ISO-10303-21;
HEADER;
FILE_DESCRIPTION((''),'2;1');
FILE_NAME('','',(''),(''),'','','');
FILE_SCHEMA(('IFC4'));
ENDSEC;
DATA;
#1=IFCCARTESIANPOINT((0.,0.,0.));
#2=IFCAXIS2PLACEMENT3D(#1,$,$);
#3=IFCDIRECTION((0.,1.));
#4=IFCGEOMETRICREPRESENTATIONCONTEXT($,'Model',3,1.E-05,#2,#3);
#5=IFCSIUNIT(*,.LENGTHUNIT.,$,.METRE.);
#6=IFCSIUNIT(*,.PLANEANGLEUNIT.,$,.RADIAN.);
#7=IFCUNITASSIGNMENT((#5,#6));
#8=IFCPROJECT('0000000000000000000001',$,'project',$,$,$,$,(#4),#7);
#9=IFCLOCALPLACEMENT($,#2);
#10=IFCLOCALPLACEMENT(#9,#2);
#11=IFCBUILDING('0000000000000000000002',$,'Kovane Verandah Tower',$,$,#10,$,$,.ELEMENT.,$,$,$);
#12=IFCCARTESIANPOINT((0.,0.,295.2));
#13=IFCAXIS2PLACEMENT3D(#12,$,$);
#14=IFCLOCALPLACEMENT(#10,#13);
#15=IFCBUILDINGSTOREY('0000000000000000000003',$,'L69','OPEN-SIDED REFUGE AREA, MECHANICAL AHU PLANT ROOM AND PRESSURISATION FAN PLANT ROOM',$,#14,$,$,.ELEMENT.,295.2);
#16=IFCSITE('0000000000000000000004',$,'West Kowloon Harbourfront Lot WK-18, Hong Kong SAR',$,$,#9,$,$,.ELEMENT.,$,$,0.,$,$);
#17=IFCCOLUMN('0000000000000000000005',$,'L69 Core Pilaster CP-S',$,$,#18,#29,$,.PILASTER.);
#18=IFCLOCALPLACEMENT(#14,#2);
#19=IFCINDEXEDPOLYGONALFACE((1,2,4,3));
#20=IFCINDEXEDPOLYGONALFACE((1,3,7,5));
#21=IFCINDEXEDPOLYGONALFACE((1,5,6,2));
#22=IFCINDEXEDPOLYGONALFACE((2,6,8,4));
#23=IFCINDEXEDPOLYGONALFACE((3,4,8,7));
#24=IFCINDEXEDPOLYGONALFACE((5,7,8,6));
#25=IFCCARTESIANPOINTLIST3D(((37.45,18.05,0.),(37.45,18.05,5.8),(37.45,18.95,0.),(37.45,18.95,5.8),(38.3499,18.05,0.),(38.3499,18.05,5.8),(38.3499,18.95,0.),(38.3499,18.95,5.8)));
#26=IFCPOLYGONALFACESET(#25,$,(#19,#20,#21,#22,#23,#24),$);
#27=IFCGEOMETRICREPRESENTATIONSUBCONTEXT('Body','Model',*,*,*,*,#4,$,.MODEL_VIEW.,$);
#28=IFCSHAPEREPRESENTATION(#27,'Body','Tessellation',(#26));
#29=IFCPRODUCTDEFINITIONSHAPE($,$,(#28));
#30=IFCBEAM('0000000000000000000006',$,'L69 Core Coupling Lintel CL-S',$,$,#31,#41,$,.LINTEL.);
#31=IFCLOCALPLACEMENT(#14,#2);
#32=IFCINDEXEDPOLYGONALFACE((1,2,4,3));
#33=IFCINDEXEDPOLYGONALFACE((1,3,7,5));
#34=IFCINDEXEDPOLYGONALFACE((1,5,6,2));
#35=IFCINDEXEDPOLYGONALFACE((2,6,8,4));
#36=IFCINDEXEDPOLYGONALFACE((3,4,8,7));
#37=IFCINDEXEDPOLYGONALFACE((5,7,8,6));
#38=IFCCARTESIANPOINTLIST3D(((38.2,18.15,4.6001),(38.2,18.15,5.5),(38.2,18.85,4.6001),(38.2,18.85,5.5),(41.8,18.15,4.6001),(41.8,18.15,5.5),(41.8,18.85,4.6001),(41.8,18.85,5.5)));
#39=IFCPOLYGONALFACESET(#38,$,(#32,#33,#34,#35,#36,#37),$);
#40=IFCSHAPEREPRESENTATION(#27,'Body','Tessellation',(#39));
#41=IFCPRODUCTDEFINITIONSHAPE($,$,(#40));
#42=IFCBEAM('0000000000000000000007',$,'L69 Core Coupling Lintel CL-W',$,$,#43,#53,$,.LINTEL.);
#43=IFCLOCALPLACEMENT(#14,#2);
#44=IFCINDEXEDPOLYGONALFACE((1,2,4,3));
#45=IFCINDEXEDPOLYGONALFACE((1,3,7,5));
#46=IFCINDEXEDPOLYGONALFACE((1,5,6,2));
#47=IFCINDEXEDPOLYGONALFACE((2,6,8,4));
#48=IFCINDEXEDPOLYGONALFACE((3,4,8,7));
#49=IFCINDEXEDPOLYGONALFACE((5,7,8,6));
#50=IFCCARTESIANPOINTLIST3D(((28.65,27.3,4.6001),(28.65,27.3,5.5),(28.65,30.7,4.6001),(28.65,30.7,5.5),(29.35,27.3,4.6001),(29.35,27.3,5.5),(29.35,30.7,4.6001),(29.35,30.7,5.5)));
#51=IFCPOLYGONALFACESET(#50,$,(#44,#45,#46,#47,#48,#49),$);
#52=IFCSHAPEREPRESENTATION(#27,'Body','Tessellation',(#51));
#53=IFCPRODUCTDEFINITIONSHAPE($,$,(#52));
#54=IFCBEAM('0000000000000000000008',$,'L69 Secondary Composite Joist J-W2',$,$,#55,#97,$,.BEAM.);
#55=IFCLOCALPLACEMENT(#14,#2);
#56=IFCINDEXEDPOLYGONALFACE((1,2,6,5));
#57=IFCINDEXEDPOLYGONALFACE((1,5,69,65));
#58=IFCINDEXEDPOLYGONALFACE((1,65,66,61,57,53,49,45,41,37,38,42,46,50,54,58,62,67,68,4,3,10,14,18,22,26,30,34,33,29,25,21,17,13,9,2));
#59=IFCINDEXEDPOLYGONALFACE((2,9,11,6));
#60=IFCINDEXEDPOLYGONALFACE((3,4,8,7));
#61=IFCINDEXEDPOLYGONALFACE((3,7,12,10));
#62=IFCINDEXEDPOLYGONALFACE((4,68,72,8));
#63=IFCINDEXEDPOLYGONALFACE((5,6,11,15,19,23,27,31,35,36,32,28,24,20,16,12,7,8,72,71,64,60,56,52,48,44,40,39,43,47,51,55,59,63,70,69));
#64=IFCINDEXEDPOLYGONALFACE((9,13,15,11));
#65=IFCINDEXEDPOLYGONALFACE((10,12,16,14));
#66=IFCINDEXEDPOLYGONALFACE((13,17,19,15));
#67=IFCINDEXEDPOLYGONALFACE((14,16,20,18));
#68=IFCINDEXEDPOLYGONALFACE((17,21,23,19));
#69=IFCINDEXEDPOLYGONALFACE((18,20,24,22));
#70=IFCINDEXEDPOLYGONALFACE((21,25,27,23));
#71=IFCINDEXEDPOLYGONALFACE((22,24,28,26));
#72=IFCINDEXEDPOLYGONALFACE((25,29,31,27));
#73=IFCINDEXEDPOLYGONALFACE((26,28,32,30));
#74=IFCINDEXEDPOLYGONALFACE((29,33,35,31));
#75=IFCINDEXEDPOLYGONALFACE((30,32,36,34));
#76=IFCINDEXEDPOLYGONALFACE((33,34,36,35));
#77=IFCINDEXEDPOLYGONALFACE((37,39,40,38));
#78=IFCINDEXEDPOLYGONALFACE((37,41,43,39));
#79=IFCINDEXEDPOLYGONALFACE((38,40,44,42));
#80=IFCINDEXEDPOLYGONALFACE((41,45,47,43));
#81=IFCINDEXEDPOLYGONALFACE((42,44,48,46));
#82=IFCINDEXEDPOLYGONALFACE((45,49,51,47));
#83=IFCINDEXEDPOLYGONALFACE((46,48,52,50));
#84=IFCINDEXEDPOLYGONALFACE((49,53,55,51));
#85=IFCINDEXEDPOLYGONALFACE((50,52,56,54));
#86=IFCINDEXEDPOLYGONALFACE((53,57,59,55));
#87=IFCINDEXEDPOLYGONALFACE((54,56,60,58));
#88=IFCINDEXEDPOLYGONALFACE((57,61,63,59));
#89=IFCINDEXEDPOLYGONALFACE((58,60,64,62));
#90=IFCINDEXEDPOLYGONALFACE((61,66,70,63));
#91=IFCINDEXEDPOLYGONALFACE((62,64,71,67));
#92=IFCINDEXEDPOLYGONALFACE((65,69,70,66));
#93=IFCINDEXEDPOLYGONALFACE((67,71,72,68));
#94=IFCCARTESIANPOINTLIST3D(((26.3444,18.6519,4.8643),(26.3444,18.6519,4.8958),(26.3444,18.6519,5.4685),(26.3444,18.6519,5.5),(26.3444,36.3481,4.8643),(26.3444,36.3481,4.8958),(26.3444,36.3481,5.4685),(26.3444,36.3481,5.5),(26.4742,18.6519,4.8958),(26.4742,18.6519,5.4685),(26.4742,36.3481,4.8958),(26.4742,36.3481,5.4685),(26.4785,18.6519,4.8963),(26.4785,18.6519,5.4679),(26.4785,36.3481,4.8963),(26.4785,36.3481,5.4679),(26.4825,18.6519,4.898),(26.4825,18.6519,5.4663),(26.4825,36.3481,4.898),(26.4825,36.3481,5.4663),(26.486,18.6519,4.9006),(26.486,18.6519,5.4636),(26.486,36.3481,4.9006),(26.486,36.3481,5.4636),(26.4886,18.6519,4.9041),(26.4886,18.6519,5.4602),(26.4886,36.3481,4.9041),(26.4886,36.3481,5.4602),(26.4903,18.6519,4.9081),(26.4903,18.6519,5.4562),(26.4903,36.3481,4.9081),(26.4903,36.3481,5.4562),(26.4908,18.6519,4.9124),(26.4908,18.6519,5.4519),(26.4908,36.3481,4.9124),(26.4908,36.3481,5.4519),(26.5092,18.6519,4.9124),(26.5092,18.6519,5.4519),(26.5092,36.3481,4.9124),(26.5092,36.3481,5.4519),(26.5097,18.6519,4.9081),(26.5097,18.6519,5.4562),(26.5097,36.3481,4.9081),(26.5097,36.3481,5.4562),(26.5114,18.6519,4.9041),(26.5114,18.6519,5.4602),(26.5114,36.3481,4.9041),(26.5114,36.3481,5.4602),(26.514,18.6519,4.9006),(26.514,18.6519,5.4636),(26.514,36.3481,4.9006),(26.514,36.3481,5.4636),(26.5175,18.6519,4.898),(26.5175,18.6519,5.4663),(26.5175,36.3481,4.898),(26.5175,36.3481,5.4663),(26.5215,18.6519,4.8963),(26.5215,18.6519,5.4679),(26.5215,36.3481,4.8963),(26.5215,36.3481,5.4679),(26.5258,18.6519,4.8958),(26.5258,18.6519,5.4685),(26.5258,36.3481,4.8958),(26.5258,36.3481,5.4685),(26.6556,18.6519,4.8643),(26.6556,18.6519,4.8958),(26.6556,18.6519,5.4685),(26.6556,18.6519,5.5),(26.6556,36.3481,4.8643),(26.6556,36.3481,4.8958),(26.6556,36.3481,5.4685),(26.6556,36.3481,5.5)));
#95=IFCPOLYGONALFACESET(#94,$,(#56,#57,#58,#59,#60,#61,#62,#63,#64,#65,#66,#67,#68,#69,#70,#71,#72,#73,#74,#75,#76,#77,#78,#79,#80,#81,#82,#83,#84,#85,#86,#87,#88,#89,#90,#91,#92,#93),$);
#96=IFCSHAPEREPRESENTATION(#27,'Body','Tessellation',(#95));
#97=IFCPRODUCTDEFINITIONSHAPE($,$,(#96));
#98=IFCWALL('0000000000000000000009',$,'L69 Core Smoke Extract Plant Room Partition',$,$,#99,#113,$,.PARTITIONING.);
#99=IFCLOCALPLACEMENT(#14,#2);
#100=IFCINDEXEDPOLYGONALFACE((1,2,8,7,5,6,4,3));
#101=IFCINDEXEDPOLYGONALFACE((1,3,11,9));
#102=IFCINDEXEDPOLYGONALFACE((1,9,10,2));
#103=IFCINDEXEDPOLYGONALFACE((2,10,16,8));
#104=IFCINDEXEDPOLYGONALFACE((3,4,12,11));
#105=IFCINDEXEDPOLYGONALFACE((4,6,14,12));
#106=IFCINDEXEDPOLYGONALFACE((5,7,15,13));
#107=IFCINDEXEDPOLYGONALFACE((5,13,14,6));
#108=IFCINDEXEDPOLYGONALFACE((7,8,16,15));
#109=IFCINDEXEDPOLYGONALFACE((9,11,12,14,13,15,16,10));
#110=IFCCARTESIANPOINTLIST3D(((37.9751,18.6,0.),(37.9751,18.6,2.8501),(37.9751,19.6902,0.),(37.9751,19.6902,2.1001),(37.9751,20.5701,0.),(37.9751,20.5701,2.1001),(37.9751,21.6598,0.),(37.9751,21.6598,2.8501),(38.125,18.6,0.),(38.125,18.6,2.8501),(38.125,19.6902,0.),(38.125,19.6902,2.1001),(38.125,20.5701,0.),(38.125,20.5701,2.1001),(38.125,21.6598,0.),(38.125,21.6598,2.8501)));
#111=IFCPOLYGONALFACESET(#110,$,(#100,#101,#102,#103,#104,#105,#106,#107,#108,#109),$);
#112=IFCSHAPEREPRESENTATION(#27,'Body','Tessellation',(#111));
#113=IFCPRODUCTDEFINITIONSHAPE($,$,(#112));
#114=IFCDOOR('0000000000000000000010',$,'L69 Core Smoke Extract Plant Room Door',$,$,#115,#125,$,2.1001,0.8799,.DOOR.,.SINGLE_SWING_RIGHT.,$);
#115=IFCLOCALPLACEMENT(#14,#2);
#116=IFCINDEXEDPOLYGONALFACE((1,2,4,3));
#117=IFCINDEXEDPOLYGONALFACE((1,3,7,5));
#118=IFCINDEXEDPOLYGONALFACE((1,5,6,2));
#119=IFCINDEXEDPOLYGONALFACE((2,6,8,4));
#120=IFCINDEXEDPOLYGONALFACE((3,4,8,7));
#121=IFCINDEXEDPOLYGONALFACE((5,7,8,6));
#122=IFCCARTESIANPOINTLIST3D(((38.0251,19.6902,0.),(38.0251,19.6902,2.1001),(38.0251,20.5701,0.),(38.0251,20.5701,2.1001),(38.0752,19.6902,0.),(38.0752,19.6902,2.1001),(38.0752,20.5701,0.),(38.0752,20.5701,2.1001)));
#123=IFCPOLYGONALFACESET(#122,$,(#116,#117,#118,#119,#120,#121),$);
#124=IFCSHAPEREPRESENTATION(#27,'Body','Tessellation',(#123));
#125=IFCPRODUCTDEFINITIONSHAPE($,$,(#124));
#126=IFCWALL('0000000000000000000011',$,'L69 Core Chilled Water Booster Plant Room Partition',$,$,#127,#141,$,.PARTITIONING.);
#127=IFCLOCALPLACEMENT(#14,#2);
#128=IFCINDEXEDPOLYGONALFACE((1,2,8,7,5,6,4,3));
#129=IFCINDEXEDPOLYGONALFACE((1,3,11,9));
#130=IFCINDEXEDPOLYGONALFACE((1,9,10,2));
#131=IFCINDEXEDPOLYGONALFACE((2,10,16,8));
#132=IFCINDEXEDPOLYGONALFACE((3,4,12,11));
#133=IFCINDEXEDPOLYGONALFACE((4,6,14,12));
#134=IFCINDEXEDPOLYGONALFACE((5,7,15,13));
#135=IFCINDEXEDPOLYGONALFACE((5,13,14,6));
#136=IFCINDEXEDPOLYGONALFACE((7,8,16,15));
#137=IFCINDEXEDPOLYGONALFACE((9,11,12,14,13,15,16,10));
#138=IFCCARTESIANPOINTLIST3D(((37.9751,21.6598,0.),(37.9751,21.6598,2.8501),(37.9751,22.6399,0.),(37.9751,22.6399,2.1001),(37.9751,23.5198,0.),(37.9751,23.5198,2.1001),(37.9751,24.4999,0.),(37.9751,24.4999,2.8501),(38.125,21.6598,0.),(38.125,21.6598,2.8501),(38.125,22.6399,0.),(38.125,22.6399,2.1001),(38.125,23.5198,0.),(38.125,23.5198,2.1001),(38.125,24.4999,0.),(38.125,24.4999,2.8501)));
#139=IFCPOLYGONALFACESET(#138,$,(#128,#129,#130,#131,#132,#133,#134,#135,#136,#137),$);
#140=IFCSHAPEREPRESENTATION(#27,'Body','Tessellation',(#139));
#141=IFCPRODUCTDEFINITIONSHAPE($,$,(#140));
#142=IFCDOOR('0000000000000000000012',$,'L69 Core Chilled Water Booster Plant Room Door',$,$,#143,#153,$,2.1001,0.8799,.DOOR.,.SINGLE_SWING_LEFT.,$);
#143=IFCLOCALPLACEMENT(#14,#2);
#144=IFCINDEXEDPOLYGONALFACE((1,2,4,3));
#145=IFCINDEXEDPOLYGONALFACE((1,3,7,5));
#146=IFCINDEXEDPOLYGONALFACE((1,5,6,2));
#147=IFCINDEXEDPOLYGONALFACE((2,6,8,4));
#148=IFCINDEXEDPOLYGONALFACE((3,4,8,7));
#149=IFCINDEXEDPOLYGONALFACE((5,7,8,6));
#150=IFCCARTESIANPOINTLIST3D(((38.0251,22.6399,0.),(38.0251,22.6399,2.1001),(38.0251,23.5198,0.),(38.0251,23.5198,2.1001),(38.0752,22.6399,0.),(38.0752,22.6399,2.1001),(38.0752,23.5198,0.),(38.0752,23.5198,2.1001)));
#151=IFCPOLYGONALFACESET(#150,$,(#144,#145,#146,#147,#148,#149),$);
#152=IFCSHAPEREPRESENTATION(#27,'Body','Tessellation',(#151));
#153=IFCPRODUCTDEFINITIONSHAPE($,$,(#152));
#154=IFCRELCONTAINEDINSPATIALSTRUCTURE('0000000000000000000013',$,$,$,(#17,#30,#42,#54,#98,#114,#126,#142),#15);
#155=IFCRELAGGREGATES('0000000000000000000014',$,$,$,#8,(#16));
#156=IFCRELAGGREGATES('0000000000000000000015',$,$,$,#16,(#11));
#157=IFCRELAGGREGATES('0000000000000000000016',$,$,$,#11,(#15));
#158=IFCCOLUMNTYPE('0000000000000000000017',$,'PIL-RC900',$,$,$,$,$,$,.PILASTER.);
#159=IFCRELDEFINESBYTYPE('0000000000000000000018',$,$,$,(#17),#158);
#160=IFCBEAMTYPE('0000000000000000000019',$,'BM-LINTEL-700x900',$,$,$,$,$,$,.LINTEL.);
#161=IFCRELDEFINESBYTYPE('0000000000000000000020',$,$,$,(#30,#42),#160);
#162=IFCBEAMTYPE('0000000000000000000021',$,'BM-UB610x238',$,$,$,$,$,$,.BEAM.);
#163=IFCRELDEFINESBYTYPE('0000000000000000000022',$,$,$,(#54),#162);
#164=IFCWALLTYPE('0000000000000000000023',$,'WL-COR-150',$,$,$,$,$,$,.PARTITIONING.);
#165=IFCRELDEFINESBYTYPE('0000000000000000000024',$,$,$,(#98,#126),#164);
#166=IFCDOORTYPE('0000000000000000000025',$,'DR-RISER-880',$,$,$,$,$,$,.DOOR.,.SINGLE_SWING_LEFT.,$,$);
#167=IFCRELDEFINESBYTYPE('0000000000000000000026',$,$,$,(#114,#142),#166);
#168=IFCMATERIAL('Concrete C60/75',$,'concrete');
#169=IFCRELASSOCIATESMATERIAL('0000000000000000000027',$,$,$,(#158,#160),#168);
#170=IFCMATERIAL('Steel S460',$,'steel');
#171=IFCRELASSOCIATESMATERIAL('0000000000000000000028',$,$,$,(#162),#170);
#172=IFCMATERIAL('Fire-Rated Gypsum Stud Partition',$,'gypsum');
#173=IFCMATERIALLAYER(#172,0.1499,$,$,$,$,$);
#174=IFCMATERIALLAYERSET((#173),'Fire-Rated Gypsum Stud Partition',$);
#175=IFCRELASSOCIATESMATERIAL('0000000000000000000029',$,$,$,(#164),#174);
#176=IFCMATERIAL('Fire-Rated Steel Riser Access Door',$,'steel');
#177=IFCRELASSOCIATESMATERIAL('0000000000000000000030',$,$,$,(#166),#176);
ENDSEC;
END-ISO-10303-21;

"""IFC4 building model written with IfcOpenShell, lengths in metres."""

from ifc_helpers import new_model, si_unit, direction, frame, frame_2d, origin, origin_2d, place, context, subcontext, project, spatial, rectangle, i_section, extrude, material, layer, layer_set, material_profile, profile_set, type_object, element, fill, save


model = new_model("IFC4")

# Units and contexts
model_context = context("Model", 3, precision=1e-05, world=origin(), true_north=direction((0.0, 1.0)))
body_context = subcontext(model_context, "Body", "Model", "MODEL_VIEW")
ifc_project = project(units=[si_unit("LENGTHUNIT", "METRE"), si_unit("PLANEANGLEUNIT", "RADIAN")], contexts=[model_context])

# Site, building, storey
site_placement = place(None, origin())
site = spatial("IfcSite", under=ifc_project, at=site_placement, Name="West Kowloon Harbourfront Lot WK-18, Hong Kong SAR", CompositionType="ELEMENT", RefElevation=0.0)
building_placement = place(site_placement, origin())
building = spatial("IfcBuilding", under=site, at=building_placement, Name="Kovane Verandah Tower", CompositionType="ELEMENT")
storey_placement = place(building_placement, frame((0.0, 0.0, 295.2)))
storey = spatial("IfcBuildingStorey", under=building, at=storey_placement, Name="L69", Description="OPEN-SIDED REFUGE AREA, MECHANICAL AHU PLANT ROOM AND PRESSURISATION FAN PLANT ROOM", CompositionType="ELEMENT", Elevation=295.2)

# Column
ifc_material_1 = material(Name="Concrete C60/75", Category="concrete")
ifc_material_profile_1 = material_profile(ifc_material_1, rectangle(XDim=0.8999, YDim=0.8999, at=origin_2d()), Name="RC900x900")
ifc_profile_set_1 = profile_set([ifc_material_profile_1], Name="Concrete C60/75")
column_type = type_object("IfcColumnType", Name="PIL-RC900", PredefinedType="PILASTER", material=ifc_profile_set_1)
column_placement = place(storey_placement, frame((37.8999, 18.5, 0.0), z_axis=(0.0, 0.0, 1.0), x_axis=(1.0, 0.0, 0.0)))
element("IfcColumn", 1, at=column_placement, inside=storey, type_object=column_type, Name="L69 Core Pilaster CP-S", PredefinedType="PILASTER", context=body_context, shape_type="SweptSolid", body=[
    extrude(rectangle(XDim=0.8999, YDim=0.8999, at=origin_2d()), origin(), (0.0, 0.0, 1.0), 5.8),
])

# Beams
ifc_material_profile_2 = material_profile(ifc_material_1, rectangle(XDim=0.7, YDim=0.8999, at=origin_2d()), Name="RCB700x900")
ifc_profile_set_2 = profile_set([ifc_material_profile_2], Name="Concrete C60/75")
beam_type_1 = type_object("IfcBeamType", Name="BM-LINTEL-700x900", PredefinedType="LINTEL", material=ifc_profile_set_2)
beam_1_placement = place(storey_placement, frame((38.2, 18.5, 5.05), z_axis=(1.0, 0.0, 0.0), x_axis=(0.0, 1.0, 0.0)))
element("IfcBeam", 2, at=beam_1_placement, inside=storey, type_object=beam_type_1, Name="L69 Core Coupling Lintel CL-S", PredefinedType="LINTEL", context=body_context, shape_type="SweptSolid", body=[
    extrude(rectangle(XDim=0.7, YDim=0.8999, at=origin_2d()), origin(), (0.0, 0.0, 1.0), 3.6001),
])
beam_2_placement = place(storey_placement, frame((29.0, 27.3, 5.05), z_axis=(0.0, 1.0, 0.0), x_axis=(-1.0, 0.0, 0.0)))
element("IfcBeam", 3, at=beam_2_placement, inside=storey, type_object=beam_type_1, Name="L69 Core Coupling Lintel CL-W", PredefinedType="LINTEL", context=body_context, shape_type="SweptSolid", body=[
    extrude(rectangle(XDim=0.7, YDim=0.8999, at=origin_2d()), origin(), (0.0, 0.0, 1.0), 3.3999),
])
ifc_material_2 = material(Name="Steel S460", Category="steel")
ifc_material_profile_3 = material_profile(ifc_material_2, i_section(OverallWidth=0.3113, OverallDepth=0.6357, WebThickness=0.0183, FlangeThickness=0.0315, FilletRadius=0.0166, at=origin_2d()), Name="UB610x305x238")
ifc_profile_set_3 = profile_set([ifc_material_profile_3], Name="Steel S460")
beam_type_2 = type_object("IfcBeamType", Name="BM-UB610x238", PredefinedType="BEAM", material=ifc_profile_set_3)
beam_3_placement = place(storey_placement, frame((26.5, 18.6519, 5.1821), z_axis=(0.0, 1.0, 0.0), x_axis=(-1.0, 0.0, 0.0)))
element("IfcBeam", 4, at=beam_3_placement, inside=storey, type_object=beam_type_2, Name="L69 Secondary Composite Joist J-W2", PredefinedType="BEAM", context=body_context, shape_type="SweptSolid", body=[
    extrude(i_section(OverallWidth=0.3113, OverallDepth=0.6357, WebThickness=0.0183, FlangeThickness=0.0315, FilletRadius=0.0166, at=origin_2d()), origin(), (0.0, 0.0, 1.0), 17.6963),
])

# Walls, openings, doors
ifc_material_3 = material(Name="Fire-Rated Gypsum Stud Partition", Category="gypsum")
ifc_layer_1 = layer(ifc_material_3, 0.1499)
ifc_layer_set_1 = layer_set([ifc_layer_1], Name="Fire-Rated Gypsum Stud Partition")
wall_type_1 = type_object("IfcWallType", Name="WL-COR-150", PredefinedType="PARTITIONING", material=ifc_layer_set_1)
wall_1_placement = place(storey_placement, frame((38.05, 18.6001, 0.0), z_axis=(0.0, 0.0, 1.0), x_axis=(0.0, 1.0, 0.0)))
wall_1 = element("IfcWall", 5, at=wall_1_placement, inside=storey, type_object=wall_type_1, Name="L69 Core Smoke Extract Plant Room Partition", PredefinedType="PARTITIONING", context=body_context, shape_type="SweptSolid", body=[
    extrude(rectangle(XDim=3.0598, YDim=0.1499, at=frame_2d((1.5298, 0.0))), origin(), (0.0, 0.0, 1.0), 2.8501),
])
opening_1_placement = place(wall_1_placement, frame((1.0901, 0.0, 0.0)))
opening_1 = element("IfcOpeningElement", 6, at=opening_1_placement, cuts=wall_1, PredefinedType="OPENING", context=body_context, shape_type="SweptSolid", body=[
    extrude(rectangle(XDim=0.8799, YDim=2.1001, at=frame_2d((0.4399, 1.05))), frame((0.0, 0.075, 0.0), z_axis=(0.0, -1.0, 0.0), x_axis=(1.0, 0.0, 0.0)), (0.0, 0.0, 1.0), 0.1499),
])
ifc_material_4 = material(Name="Fire-Rated Steel Riser Access Door", Category="steel")
door_type_1 = type_object("IfcDoorType", Name="DR-RISER-880", OperationType="SINGLE_SWING_LEFT", PredefinedType="DOOR", material=ifc_material_4)
door_1_placement = place(opening_1_placement, origin())
door_1 = element("IfcDoor", 7, at=door_1_placement, inside=storey, type_object=door_type_1, Name="L69 Core Smoke Extract Plant Room Door", OperationType="SINGLE_SWING_RIGHT", OverallHeight=2.1001, OverallWidth=0.8799, PredefinedType="DOOR", context=body_context, shape_type="SweptSolid", body=[
    extrude(rectangle(XDim=0.8799, YDim=2.1001, at=frame_2d((0.4399, 1.05))), frame((0.0, 0.0249, 0.0), z_axis=(0.0, -1.0, 0.0), x_axis=(1.0, 0.0, 0.0)), (0.0, 0.0, 1.0), 0.05),
])
fill(opening_1, door_1)
wall_2_placement = place(storey_placement, frame((38.05, 21.6599, 0.0), z_axis=(0.0, 0.0, 1.0), x_axis=(0.0, 1.0, 0.0)))
wall_2 = element("IfcWall", 8, at=wall_2_placement, inside=storey, type_object=wall_type_1, Name="L69 Core Chilled Water Booster Plant Room Partition", PredefinedType="PARTITIONING", context=body_context, shape_type="SweptSolid", body=[
    extrude(rectangle(XDim=2.8401, YDim=0.1499, at=frame_2d((1.4199, 0.0))), origin(), (0.0, 0.0, 1.0), 2.8501),
])
opening_2_placement = place(wall_2_placement, frame((0.98, 0.0, 0.0)))
opening_2 = element("IfcOpeningElement", 9, at=opening_2_placement, cuts=wall_2, PredefinedType="OPENING", context=body_context, shape_type="SweptSolid", body=[
    extrude(rectangle(XDim=0.8799, YDim=2.1001, at=frame_2d((0.4399, 1.05))), frame((0.0, 0.075, 0.0), z_axis=(0.0, -1.0, 0.0), x_axis=(1.0, 0.0, 0.0)), (0.0, 0.0, 1.0), 0.1499),
])
door_2_placement = place(opening_2_placement, origin())
door_2 = element("IfcDoor", 10, at=door_2_placement, inside=storey, type_object=door_type_1, Name="L69 Core Chilled Water Booster Plant Room Door", OperationType="SINGLE_SWING_LEFT", OverallHeight=2.1001, OverallWidth=0.8799, PredefinedType="DOOR", context=body_context, shape_type="SweptSolid", body=[
    extrude(rectangle(XDim=0.8799, YDim=2.1001, at=frame_2d((0.4399, 1.05))), frame((0.0, 0.0249, 0.0), z_axis=(0.0, -1.0, 0.0), x_axis=(1.0, 0.0, 0.0)), (0.0, 0.0, 1.0), 0.05),
])
fill(opening_2, door_2)

save(model, "model.ifc")
